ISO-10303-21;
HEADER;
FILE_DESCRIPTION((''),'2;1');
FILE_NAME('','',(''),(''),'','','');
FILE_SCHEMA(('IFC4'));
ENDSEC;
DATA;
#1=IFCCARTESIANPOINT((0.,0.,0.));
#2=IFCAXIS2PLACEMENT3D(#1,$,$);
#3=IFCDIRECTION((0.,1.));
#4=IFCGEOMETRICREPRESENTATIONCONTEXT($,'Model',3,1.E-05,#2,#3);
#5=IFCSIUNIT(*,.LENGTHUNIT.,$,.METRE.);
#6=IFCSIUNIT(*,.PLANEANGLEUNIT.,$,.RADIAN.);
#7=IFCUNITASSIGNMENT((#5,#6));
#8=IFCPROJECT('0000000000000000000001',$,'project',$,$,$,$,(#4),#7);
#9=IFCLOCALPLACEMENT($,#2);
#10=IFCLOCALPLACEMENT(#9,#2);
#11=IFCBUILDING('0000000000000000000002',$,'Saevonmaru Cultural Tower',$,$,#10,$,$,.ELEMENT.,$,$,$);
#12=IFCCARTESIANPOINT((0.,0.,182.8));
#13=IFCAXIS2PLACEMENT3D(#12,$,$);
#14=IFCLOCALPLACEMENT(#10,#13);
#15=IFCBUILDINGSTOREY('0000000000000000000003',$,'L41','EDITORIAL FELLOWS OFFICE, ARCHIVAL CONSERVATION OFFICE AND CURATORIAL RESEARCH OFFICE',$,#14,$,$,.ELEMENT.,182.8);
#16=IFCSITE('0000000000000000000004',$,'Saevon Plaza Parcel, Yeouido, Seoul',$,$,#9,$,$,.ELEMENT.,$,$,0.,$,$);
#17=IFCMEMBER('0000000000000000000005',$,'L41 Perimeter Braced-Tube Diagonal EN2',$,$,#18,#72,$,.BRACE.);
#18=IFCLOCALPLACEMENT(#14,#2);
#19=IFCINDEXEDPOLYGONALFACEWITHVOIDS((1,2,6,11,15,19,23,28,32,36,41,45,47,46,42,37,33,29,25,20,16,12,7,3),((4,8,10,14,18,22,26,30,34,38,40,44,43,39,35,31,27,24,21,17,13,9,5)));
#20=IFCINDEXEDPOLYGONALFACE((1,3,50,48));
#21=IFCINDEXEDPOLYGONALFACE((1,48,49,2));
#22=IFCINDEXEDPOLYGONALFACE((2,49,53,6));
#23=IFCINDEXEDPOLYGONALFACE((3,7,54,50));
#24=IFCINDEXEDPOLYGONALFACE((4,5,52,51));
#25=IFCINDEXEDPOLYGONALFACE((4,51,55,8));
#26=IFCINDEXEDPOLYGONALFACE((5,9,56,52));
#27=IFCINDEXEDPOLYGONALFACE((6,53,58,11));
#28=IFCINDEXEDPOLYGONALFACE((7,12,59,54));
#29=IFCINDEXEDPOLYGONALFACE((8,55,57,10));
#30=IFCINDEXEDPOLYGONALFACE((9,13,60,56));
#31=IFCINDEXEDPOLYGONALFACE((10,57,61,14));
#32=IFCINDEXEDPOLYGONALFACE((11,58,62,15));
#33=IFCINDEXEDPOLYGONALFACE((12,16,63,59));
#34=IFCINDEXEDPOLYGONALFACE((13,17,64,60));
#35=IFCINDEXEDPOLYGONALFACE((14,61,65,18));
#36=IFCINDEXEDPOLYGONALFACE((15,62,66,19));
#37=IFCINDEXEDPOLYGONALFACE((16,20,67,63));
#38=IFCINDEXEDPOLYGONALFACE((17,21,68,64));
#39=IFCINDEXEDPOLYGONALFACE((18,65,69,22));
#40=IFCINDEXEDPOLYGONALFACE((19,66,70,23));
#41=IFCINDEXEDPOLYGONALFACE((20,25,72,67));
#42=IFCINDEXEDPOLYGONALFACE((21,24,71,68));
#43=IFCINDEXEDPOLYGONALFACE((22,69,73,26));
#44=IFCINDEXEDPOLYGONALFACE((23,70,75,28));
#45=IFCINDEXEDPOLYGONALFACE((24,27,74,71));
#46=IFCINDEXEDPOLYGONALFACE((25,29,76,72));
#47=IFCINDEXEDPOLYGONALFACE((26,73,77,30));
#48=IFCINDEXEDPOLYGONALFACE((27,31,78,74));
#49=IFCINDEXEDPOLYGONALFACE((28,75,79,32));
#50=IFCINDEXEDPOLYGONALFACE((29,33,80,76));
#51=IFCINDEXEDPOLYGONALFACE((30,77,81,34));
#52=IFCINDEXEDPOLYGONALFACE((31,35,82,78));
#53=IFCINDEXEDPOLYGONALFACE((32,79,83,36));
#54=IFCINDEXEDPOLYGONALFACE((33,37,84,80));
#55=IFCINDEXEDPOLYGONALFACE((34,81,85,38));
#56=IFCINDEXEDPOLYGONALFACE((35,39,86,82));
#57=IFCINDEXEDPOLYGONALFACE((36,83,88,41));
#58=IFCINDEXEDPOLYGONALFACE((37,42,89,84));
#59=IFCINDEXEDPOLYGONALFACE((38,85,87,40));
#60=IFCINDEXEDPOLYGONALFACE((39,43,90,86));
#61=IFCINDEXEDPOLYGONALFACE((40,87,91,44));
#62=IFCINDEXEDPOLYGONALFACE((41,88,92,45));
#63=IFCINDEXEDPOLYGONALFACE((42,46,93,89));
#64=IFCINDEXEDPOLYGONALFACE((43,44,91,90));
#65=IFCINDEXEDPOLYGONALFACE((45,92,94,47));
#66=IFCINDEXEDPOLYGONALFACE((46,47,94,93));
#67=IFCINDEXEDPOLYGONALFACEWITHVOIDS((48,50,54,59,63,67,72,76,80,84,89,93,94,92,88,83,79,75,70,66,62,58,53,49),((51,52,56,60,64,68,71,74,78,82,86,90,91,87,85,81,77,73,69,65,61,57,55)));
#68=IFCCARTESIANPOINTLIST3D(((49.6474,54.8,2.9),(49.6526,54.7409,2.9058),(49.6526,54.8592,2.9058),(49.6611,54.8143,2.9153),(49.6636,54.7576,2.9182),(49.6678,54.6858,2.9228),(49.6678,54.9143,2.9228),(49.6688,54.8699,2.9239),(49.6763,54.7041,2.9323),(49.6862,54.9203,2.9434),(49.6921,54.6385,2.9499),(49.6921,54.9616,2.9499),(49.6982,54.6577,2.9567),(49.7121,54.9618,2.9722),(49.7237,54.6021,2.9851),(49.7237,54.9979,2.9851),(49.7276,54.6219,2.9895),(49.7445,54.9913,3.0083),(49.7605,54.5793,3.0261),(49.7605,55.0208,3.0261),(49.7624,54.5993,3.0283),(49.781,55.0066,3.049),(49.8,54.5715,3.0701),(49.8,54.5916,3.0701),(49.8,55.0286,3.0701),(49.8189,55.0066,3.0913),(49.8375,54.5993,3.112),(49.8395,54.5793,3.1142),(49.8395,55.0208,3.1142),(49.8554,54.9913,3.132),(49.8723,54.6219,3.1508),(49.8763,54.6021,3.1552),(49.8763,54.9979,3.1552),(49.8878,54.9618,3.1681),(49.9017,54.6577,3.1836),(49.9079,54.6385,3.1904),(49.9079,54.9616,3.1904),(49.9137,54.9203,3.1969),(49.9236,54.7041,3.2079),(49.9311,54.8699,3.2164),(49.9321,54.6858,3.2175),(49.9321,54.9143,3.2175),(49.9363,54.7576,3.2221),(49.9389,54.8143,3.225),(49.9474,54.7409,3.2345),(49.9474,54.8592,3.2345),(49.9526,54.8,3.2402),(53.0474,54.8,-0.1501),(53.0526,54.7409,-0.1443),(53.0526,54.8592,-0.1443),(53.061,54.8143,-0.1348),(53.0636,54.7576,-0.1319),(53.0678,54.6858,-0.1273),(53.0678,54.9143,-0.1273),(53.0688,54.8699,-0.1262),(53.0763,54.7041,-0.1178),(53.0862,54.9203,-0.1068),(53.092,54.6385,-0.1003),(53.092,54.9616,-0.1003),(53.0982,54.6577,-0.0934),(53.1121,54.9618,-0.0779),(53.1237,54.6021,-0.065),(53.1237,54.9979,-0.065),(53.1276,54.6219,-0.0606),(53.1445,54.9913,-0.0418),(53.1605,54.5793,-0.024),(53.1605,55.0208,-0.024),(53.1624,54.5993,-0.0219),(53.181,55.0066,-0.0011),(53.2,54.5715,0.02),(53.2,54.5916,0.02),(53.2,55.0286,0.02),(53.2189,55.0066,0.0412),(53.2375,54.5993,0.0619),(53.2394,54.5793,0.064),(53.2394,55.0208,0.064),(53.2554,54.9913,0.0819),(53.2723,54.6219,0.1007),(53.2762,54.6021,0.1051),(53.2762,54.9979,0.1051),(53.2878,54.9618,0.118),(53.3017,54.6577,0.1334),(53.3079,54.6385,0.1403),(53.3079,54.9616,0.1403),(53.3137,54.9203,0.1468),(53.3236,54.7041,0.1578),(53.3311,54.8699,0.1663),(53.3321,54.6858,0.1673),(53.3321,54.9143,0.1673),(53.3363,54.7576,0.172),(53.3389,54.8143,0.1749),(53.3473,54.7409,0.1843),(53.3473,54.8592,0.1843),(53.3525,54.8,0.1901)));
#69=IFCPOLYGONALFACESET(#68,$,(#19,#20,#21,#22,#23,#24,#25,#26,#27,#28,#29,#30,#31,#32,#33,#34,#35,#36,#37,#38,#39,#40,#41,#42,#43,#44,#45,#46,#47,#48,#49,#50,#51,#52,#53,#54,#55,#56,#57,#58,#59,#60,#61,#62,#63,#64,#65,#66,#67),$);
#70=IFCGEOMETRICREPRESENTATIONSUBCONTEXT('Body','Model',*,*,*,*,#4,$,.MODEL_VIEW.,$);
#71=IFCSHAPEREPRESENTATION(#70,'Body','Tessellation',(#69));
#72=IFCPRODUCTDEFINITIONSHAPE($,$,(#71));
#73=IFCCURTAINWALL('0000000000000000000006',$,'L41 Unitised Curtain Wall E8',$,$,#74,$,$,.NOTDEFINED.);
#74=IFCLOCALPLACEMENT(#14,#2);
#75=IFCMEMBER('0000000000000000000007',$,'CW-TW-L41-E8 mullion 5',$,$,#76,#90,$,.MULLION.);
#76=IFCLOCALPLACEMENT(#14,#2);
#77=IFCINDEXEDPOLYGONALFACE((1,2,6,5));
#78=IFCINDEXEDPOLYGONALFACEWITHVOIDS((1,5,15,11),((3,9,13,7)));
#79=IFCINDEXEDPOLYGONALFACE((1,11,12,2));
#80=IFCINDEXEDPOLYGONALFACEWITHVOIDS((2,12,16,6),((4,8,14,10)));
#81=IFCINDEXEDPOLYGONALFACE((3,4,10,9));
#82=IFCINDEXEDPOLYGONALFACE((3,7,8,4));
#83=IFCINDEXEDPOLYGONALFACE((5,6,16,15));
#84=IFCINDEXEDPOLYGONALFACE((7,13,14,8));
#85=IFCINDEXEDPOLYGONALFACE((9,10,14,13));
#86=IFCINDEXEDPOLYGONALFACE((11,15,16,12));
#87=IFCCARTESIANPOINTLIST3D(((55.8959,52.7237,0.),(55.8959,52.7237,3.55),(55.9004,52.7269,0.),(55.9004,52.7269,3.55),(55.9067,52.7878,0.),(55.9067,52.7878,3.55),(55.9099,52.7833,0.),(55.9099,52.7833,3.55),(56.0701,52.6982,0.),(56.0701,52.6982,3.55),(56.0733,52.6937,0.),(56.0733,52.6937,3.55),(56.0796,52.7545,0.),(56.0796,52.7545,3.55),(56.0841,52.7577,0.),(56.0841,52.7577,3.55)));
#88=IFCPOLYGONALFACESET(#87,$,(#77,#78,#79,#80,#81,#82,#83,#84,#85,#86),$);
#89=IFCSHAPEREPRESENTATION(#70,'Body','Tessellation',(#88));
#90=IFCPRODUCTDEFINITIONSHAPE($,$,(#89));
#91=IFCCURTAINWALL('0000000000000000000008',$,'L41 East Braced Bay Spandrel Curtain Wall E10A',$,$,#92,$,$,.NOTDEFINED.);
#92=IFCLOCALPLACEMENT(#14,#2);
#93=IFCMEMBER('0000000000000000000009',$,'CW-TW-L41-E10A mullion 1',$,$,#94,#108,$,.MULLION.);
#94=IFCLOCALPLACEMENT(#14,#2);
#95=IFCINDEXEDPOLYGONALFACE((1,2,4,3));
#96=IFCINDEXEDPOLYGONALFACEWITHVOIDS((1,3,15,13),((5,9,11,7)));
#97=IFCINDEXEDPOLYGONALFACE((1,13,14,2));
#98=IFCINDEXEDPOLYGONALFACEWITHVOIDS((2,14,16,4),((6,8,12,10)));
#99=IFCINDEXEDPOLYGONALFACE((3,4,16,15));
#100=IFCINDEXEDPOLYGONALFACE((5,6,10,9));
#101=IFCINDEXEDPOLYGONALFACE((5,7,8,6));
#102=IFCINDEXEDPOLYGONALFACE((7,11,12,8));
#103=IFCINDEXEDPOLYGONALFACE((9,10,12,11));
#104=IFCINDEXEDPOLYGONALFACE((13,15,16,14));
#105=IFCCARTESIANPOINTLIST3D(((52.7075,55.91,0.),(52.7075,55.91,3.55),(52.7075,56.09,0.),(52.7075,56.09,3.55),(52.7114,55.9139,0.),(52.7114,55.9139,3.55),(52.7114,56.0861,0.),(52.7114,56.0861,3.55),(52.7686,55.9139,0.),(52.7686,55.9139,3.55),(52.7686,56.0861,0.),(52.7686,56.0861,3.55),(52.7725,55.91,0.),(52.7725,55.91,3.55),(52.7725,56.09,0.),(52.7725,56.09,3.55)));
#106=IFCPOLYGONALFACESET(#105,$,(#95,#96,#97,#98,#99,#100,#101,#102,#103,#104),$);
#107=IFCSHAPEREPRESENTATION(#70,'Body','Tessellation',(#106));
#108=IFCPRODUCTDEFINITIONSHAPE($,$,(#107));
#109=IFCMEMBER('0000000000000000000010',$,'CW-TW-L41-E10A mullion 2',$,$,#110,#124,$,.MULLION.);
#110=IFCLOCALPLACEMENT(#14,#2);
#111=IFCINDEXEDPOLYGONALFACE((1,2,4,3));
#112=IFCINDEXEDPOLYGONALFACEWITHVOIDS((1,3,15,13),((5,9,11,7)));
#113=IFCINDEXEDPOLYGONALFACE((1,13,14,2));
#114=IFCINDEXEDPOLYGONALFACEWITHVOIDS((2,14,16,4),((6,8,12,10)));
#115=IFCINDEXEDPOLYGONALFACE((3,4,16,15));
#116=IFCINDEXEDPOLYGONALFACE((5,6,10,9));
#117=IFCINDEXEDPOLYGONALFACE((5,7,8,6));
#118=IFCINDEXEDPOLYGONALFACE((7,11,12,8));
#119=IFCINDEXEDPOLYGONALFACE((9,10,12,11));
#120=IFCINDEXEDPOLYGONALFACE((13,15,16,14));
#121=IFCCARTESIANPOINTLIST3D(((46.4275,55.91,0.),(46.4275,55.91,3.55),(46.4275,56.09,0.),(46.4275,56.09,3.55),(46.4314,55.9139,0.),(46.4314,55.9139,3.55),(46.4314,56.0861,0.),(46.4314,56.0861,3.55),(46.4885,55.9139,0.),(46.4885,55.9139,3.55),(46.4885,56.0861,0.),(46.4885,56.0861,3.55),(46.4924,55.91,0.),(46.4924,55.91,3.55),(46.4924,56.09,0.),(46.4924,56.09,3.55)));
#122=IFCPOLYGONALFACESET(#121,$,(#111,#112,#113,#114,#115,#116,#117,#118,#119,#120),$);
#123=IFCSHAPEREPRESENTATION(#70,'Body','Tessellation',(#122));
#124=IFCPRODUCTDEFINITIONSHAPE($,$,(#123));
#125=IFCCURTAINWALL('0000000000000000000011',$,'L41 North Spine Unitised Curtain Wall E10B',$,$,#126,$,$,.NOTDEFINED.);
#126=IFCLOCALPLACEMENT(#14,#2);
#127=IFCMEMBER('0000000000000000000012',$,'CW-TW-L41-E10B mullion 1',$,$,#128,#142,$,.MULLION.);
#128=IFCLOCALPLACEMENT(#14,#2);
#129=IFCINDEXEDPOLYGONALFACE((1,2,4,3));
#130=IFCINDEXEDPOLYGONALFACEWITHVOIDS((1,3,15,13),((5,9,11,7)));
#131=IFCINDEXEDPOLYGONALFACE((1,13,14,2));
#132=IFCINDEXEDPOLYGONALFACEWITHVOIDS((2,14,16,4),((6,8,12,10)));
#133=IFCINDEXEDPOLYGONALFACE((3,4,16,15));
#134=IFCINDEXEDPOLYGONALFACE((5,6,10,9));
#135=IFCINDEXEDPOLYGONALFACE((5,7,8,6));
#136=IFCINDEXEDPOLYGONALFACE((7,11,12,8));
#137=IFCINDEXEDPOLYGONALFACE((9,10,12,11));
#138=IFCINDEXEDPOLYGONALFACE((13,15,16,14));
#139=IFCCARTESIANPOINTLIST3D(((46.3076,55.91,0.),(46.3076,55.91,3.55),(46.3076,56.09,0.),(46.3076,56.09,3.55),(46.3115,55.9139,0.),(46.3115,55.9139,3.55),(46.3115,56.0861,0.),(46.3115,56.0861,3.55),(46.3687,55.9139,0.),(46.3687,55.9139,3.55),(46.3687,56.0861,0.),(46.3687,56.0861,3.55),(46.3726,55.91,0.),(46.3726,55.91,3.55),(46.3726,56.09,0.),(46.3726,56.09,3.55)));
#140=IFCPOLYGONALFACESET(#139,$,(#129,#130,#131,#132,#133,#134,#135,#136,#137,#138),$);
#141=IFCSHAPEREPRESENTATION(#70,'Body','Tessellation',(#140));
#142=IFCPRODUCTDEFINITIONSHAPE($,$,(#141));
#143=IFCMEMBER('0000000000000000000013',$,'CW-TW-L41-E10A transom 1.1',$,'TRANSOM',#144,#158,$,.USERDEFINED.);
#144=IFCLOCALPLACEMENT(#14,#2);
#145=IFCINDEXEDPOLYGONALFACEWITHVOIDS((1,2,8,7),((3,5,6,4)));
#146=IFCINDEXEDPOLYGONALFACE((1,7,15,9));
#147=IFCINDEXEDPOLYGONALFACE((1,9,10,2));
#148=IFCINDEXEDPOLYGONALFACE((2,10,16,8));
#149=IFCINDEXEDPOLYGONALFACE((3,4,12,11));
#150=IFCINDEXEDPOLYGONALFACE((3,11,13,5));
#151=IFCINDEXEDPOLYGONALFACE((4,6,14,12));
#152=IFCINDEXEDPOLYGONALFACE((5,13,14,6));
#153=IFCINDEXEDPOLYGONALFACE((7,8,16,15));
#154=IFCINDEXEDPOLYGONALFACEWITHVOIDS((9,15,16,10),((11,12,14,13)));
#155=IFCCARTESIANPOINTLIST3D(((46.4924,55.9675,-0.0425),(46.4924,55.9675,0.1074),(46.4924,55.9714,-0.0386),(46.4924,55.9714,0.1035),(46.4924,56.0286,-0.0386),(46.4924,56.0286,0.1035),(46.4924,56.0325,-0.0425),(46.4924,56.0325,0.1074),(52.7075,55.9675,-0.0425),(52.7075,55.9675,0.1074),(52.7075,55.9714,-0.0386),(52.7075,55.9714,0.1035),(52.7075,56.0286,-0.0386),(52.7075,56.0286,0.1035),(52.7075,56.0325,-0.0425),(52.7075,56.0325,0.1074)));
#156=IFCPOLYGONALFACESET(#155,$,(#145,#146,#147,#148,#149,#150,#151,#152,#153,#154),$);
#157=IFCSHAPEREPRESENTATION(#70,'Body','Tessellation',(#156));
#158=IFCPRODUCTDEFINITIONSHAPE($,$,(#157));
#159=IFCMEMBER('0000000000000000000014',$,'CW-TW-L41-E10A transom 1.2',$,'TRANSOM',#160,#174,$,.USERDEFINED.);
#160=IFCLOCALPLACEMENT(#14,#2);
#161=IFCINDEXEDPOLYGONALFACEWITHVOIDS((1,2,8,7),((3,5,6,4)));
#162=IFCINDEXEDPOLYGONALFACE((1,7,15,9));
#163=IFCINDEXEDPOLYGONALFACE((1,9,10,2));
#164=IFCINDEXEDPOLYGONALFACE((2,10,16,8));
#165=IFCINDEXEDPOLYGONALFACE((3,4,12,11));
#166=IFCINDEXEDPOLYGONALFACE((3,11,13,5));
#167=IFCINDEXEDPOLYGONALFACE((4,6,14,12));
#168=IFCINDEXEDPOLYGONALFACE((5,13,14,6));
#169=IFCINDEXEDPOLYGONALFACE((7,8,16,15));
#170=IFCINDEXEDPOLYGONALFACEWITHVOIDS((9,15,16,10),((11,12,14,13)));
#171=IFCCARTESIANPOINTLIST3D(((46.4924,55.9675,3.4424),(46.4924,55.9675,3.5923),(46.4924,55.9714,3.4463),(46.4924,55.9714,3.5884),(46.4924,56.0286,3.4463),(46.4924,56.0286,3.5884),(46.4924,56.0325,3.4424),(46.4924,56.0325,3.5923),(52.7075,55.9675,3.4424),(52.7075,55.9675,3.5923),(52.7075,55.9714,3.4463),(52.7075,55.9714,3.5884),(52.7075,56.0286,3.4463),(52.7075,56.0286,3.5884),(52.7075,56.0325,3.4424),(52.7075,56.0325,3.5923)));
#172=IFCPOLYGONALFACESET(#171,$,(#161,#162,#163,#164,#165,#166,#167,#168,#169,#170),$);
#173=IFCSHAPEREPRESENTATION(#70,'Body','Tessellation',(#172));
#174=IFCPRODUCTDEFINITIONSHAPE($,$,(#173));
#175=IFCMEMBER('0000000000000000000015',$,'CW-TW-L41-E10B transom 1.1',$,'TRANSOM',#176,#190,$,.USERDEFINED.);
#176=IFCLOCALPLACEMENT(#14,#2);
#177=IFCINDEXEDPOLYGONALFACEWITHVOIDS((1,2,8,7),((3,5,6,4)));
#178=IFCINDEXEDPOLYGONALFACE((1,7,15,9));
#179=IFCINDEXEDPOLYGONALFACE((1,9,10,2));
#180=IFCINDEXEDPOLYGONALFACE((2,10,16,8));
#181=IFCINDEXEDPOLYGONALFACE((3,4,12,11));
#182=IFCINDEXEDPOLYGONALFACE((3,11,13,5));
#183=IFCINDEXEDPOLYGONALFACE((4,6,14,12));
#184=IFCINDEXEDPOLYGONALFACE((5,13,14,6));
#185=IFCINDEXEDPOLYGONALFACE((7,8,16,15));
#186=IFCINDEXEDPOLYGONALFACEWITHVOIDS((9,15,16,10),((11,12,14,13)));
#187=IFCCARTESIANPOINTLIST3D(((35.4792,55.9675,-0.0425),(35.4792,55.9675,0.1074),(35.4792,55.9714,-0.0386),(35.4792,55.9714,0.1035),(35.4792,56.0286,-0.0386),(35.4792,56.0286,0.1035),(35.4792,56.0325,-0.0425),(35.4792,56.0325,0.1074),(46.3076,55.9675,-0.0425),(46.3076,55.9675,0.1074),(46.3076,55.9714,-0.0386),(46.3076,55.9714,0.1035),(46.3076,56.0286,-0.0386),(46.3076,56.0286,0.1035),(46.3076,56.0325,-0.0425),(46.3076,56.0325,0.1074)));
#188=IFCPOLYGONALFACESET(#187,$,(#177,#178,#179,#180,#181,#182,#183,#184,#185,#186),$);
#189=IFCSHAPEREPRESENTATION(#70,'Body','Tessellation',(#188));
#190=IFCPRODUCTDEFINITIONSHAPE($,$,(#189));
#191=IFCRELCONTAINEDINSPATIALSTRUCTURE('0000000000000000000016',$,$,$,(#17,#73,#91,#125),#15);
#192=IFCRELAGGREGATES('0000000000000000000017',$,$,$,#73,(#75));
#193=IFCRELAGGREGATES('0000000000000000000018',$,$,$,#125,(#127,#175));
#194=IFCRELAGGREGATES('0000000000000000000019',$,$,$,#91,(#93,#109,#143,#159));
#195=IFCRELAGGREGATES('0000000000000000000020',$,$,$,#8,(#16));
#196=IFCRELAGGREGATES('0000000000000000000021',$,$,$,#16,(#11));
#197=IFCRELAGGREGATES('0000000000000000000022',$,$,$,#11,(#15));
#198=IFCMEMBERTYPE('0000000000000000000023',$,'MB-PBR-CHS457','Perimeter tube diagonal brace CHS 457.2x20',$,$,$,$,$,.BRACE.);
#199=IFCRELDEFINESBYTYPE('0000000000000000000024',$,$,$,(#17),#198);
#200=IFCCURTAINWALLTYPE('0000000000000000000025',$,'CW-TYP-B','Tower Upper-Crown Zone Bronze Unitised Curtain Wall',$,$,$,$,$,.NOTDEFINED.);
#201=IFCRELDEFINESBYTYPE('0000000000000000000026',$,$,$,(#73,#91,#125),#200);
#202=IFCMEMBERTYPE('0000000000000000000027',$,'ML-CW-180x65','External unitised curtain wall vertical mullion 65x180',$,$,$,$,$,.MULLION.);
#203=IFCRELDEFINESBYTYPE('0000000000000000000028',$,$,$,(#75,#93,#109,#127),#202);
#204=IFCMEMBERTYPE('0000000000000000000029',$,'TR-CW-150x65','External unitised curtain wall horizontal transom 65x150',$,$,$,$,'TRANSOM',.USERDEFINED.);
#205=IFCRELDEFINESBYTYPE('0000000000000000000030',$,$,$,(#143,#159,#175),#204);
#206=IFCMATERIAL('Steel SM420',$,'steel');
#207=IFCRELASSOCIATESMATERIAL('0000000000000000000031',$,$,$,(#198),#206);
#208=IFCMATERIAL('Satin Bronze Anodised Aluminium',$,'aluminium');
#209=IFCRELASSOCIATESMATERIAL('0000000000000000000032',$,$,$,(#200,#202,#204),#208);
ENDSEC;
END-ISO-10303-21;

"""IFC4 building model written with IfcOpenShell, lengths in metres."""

from ifc_helpers import new_model, si_unit, direction, frame, origin, origin_2d, place, context, subcontext, project, spatial, hollow_rectangle, hollow_circle, extrude, material, material_profile, profile_set, type_object, element, aggregate, save


model = new_model("IFC4")

# Units and contexts
model_context = context("Model", 3, precision=1e-05, world=origin(), true_north=direction((0.0, 1.0)))
body_context = subcontext(model_context, "Body", "Model", "MODEL_VIEW")
ifc_project = project(units=[si_unit("LENGTHUNIT", "METRE"), si_unit("PLANEANGLEUNIT", "RADIAN")], contexts=[model_context])

# Site, building, storey
site_placement = place(None, origin())
site = spatial("IfcSite", under=ifc_project, at=site_placement, Name="Saevon Plaza Parcel, Yeouido, Seoul", CompositionType="ELEMENT", RefElevation=0.0)
building_placement = place(site_placement, origin())
building = spatial("IfcBuilding", under=site, at=building_placement, Name="Saevonmaru Cultural Tower", CompositionType="ELEMENT")
storey_placement = place(building_placement, frame((0.0, 0.0, 182.8)))
storey = spatial("IfcBuildingStorey", under=building, at=storey_placement, Name="L41", Description="EDITORIAL FELLOWS OFFICE, ARCHIVAL CONSERVATION OFFICE AND CURATORIAL RESEARCH OFFICE", CompositionType="ELEMENT", Elevation=182.8)

# Shared definitions
ifc_material_1 = material(Name="Steel SM420", Category="steel")

# Member
ifc_material_profile_1 = material_profile(ifc_material_1, hollow_circle(Radius=0.2285, WallThickness=0.02, at=origin_2d()), Name="CHS-457.2x20")
ifc_profile_set_1 = profile_set([ifc_material_profile_1], Name="Steel SM420")
member_type_1 = type_object("IfcMemberType", Name="MB-PBR-CHS457", Description="Perimeter tube diagonal brace CHS 457.2x20", PredefinedType="BRACE", material=ifc_profile_set_1)
for number, where, z_axis, x_axis, name in (
    (1, (53.2, 54.8, 0.02), (-0.744367, 0.0, 0.667771), (0.0, -1.0, 0.0), "L41 Perimeter Braced-Tube Diagonal EN2"),
):
    element("IfcMember", number, at=place(storey_placement, frame(where, z_axis=z_axis, x_axis=x_axis)), inside=storey, type_object=member_type_1, Name=name, PredefinedType="BRACE", context=body_context, shape_type="SweptSolid", body=[
        extrude(hollow_circle(Radius=0.2285, WallThickness=0.02, at=origin_2d()), origin(), (0.0, 0.0, 1.0), 4.5676),
    ])

# Curtain wall, member
ifc_material_2 = material(Name="Satin Bronze Anodised Aluminium", Category="aluminium")
curtain_wall_type = type_object("IfcCurtainWallType", Name="CW-TYP-B", Description="Tower Upper-Crown Zone Bronze Unitised Curtain Wall", PredefinedType="NOTDEFINED", material=ifc_material_2)
curtain_wall_1_placement = place(storey_placement, origin())
curtain_wall_1 = element("IfcCurtainWall", 2, at=curtain_wall_1_placement, inside=storey, type_object=curtain_wall_type, Name="L41 Unitised Curtain Wall E8", PredefinedType="NOTDEFINED")
ifc_material_profile_2 = material_profile(ifc_material_2, hollow_rectangle(XDim=0.0649, YDim=0.1799, WallThickness=0.0039, at=origin_2d()), Name="ALU-MULL-180x65x4")
ifc_profile_set_2 = profile_set([ifc_material_profile_2], Name="Satin Bronze Anodised Aluminium")
member_type_2 = type_object("IfcMemberType", Name="ML-CW-180x65", Description="External unitised curtain wall vertical mullion 65x180", PredefinedType="MULLION", material=ifc_profile_set_2)
member_1_placement = place(storey_placement, frame((55.99, 52.7407, 0.0), z_axis=(0.0, 0.0, 1.0), x_axis=(0.166922, 0.98597, 0.0)))
member_1 = element("IfcMember", 3, at=member_1_placement, type_object=member_type_2, Name="CW-TW-L41-E8 mullion 5", PredefinedType="MULLION", context=body_context, shape_type="SweptSolid", body=[
    extrude(hollow_rectangle(XDim=0.0649, YDim=0.1799, WallThickness=0.0039, at=origin_2d()), origin(), (0.0, 0.0, 1.0), 3.55),
])
aggregate(curtain_wall_1, [member_1])

# Curtain wall, members
curtain_wall_2_placement = place(storey_placement, origin())
curtain_wall_2 = element("IfcCurtainWall", 4, at=curtain_wall_2_placement, inside=storey, type_object=curtain_wall_type, Name="L41 East Braced Bay Spandrel Curtain Wall E10A", PredefinedType="NOTDEFINED")
member_2_placement = place(storey_placement, frame((52.74, 56.0, 0.0), z_axis=(0.0, 0.0, 1.0), x_axis=(-1.0, 0.0, 0.0)))
member_2 = element("IfcMember", 5, at=member_2_placement, type_object=member_type_2, Name="CW-TW-L41-E10A mullion 1", PredefinedType="MULLION", context=body_context, shape_type="SweptSolid", body=[
    extrude(hollow_rectangle(XDim=0.0649, YDim=0.1799, WallThickness=0.0039, at=origin_2d()), origin(), (0.0, 0.0, 1.0), 3.55),
])
member_3_placement = place(storey_placement, frame((46.46, 56.0, 0.0), z_axis=(0.0, 0.0, 1.0), x_axis=(-1.0, 0.0, 0.0)))
member_3 = element("IfcMember", 6, at=member_3_placement, type_object=member_type_2, Name="CW-TW-L41-E10A mullion 2", PredefinedType="MULLION", context=body_context, shape_type="SweptSolid", body=[
    extrude(hollow_rectangle(XDim=0.0649, YDim=0.1799, WallThickness=0.0039, at=origin_2d()), origin(), (0.0, 0.0, 1.0), 3.55),
])

# Curtain wall, member
curtain_wall_3_placement = place(storey_placement, origin())
curtain_wall_3 = element("IfcCurtainWall", 7, at=curtain_wall_3_placement, inside=storey, type_object=curtain_wall_type, Name="L41 North Spine Unitised Curtain Wall E10B", PredefinedType="NOTDEFINED")
member_4_placement = place(storey_placement, frame((46.3401, 56.0, 0.0), z_axis=(0.0, 0.0, 1.0), x_axis=(-1.0, 0.0, 0.0)))
member_4 = element("IfcMember", 8, at=member_4_placement, type_object=member_type_2, Name="CW-TW-L41-E10B mullion 1", PredefinedType="MULLION", context=body_context, shape_type="SweptSolid", body=[
    extrude(hollow_rectangle(XDim=0.0649, YDim=0.1799, WallThickness=0.0039, at=origin_2d()), origin(), (0.0, 0.0, 1.0), 3.55),
])

# Members
ifc_material_profile_3 = material_profile(ifc_material_2, hollow_rectangle(XDim=0.0649, YDim=0.1499, WallThickness=0.0039, at=origin_2d()), Name="ALU-TRAN-150x65x4")
ifc_profile_set_3 = profile_set([ifc_material_profile_3], Name="Satin Bronze Anodised Aluminium")
member_type_3 = type_object("IfcMemberType", Name="TR-CW-150x65", Description="External unitised curtain wall horizontal transom 65x150", ElementType="TRANSOM", PredefinedType="USERDEFINED", material=ifc_profile_set_3)
member_5_placement = place(storey_placement, frame((52.7075, 56.0, 0.0325), z_axis=(-1.0, 0.0, 0.0), x_axis=(0.0, -1.0, 0.0)))
member_5 = element("IfcMember", 9, at=member_5_placement, type_object=member_type_3, Name="CW-TW-L41-E10A transom 1.1", ObjectType="TRANSOM", PredefinedType="USERDEFINED", context=body_context, shape_type="SweptSolid", body=[
    extrude(hollow_rectangle(XDim=0.0649, YDim=0.1499, WallThickness=0.0039, at=origin_2d()), origin(), (0.0, 0.0, 1.0), 6.2151),
])
member_6_placement = place(storey_placement, frame((52.7075, 56.0, 3.5173), z_axis=(-1.0, 0.0, 0.0), x_axis=(0.0, -1.0, 0.0)))
member_6 = element("IfcMember", 10, at=member_6_placement, type_object=member_type_3, Name="CW-TW-L41-E10A transom 1.2", ObjectType="TRANSOM", PredefinedType="USERDEFINED", context=body_context, shape_type="SweptSolid", body=[
    extrude(hollow_rectangle(XDim=0.0649, YDim=0.1499, WallThickness=0.0039, at=origin_2d()), origin(), (0.0, 0.0, 1.0), 6.2151),
])
member_7_placement = place(storey_placement, frame((46.3076, 56.0, 0.0325), z_axis=(-1.0, 0.0, 0.0), x_axis=(0.0, -1.0, 0.0)))
member_7 = element("IfcMember", 11, at=member_7_placement, type_object=member_type_3, Name="CW-TW-L41-E10B transom 1.1", ObjectType="TRANSOM", PredefinedType="USERDEFINED", context=body_context, shape_type="SweptSolid", body=[
    extrude(hollow_rectangle(XDim=0.0649, YDim=0.1499, WallThickness=0.0039, at=origin_2d()), origin(), (0.0, 0.0, 1.0), 10.8284),
])
aggregate(curtain_wall_3, [member_4, member_7])

aggregate(curtain_wall_2, [member_2, member_3, member_5, member_6])

save(model, "model.ifc")
